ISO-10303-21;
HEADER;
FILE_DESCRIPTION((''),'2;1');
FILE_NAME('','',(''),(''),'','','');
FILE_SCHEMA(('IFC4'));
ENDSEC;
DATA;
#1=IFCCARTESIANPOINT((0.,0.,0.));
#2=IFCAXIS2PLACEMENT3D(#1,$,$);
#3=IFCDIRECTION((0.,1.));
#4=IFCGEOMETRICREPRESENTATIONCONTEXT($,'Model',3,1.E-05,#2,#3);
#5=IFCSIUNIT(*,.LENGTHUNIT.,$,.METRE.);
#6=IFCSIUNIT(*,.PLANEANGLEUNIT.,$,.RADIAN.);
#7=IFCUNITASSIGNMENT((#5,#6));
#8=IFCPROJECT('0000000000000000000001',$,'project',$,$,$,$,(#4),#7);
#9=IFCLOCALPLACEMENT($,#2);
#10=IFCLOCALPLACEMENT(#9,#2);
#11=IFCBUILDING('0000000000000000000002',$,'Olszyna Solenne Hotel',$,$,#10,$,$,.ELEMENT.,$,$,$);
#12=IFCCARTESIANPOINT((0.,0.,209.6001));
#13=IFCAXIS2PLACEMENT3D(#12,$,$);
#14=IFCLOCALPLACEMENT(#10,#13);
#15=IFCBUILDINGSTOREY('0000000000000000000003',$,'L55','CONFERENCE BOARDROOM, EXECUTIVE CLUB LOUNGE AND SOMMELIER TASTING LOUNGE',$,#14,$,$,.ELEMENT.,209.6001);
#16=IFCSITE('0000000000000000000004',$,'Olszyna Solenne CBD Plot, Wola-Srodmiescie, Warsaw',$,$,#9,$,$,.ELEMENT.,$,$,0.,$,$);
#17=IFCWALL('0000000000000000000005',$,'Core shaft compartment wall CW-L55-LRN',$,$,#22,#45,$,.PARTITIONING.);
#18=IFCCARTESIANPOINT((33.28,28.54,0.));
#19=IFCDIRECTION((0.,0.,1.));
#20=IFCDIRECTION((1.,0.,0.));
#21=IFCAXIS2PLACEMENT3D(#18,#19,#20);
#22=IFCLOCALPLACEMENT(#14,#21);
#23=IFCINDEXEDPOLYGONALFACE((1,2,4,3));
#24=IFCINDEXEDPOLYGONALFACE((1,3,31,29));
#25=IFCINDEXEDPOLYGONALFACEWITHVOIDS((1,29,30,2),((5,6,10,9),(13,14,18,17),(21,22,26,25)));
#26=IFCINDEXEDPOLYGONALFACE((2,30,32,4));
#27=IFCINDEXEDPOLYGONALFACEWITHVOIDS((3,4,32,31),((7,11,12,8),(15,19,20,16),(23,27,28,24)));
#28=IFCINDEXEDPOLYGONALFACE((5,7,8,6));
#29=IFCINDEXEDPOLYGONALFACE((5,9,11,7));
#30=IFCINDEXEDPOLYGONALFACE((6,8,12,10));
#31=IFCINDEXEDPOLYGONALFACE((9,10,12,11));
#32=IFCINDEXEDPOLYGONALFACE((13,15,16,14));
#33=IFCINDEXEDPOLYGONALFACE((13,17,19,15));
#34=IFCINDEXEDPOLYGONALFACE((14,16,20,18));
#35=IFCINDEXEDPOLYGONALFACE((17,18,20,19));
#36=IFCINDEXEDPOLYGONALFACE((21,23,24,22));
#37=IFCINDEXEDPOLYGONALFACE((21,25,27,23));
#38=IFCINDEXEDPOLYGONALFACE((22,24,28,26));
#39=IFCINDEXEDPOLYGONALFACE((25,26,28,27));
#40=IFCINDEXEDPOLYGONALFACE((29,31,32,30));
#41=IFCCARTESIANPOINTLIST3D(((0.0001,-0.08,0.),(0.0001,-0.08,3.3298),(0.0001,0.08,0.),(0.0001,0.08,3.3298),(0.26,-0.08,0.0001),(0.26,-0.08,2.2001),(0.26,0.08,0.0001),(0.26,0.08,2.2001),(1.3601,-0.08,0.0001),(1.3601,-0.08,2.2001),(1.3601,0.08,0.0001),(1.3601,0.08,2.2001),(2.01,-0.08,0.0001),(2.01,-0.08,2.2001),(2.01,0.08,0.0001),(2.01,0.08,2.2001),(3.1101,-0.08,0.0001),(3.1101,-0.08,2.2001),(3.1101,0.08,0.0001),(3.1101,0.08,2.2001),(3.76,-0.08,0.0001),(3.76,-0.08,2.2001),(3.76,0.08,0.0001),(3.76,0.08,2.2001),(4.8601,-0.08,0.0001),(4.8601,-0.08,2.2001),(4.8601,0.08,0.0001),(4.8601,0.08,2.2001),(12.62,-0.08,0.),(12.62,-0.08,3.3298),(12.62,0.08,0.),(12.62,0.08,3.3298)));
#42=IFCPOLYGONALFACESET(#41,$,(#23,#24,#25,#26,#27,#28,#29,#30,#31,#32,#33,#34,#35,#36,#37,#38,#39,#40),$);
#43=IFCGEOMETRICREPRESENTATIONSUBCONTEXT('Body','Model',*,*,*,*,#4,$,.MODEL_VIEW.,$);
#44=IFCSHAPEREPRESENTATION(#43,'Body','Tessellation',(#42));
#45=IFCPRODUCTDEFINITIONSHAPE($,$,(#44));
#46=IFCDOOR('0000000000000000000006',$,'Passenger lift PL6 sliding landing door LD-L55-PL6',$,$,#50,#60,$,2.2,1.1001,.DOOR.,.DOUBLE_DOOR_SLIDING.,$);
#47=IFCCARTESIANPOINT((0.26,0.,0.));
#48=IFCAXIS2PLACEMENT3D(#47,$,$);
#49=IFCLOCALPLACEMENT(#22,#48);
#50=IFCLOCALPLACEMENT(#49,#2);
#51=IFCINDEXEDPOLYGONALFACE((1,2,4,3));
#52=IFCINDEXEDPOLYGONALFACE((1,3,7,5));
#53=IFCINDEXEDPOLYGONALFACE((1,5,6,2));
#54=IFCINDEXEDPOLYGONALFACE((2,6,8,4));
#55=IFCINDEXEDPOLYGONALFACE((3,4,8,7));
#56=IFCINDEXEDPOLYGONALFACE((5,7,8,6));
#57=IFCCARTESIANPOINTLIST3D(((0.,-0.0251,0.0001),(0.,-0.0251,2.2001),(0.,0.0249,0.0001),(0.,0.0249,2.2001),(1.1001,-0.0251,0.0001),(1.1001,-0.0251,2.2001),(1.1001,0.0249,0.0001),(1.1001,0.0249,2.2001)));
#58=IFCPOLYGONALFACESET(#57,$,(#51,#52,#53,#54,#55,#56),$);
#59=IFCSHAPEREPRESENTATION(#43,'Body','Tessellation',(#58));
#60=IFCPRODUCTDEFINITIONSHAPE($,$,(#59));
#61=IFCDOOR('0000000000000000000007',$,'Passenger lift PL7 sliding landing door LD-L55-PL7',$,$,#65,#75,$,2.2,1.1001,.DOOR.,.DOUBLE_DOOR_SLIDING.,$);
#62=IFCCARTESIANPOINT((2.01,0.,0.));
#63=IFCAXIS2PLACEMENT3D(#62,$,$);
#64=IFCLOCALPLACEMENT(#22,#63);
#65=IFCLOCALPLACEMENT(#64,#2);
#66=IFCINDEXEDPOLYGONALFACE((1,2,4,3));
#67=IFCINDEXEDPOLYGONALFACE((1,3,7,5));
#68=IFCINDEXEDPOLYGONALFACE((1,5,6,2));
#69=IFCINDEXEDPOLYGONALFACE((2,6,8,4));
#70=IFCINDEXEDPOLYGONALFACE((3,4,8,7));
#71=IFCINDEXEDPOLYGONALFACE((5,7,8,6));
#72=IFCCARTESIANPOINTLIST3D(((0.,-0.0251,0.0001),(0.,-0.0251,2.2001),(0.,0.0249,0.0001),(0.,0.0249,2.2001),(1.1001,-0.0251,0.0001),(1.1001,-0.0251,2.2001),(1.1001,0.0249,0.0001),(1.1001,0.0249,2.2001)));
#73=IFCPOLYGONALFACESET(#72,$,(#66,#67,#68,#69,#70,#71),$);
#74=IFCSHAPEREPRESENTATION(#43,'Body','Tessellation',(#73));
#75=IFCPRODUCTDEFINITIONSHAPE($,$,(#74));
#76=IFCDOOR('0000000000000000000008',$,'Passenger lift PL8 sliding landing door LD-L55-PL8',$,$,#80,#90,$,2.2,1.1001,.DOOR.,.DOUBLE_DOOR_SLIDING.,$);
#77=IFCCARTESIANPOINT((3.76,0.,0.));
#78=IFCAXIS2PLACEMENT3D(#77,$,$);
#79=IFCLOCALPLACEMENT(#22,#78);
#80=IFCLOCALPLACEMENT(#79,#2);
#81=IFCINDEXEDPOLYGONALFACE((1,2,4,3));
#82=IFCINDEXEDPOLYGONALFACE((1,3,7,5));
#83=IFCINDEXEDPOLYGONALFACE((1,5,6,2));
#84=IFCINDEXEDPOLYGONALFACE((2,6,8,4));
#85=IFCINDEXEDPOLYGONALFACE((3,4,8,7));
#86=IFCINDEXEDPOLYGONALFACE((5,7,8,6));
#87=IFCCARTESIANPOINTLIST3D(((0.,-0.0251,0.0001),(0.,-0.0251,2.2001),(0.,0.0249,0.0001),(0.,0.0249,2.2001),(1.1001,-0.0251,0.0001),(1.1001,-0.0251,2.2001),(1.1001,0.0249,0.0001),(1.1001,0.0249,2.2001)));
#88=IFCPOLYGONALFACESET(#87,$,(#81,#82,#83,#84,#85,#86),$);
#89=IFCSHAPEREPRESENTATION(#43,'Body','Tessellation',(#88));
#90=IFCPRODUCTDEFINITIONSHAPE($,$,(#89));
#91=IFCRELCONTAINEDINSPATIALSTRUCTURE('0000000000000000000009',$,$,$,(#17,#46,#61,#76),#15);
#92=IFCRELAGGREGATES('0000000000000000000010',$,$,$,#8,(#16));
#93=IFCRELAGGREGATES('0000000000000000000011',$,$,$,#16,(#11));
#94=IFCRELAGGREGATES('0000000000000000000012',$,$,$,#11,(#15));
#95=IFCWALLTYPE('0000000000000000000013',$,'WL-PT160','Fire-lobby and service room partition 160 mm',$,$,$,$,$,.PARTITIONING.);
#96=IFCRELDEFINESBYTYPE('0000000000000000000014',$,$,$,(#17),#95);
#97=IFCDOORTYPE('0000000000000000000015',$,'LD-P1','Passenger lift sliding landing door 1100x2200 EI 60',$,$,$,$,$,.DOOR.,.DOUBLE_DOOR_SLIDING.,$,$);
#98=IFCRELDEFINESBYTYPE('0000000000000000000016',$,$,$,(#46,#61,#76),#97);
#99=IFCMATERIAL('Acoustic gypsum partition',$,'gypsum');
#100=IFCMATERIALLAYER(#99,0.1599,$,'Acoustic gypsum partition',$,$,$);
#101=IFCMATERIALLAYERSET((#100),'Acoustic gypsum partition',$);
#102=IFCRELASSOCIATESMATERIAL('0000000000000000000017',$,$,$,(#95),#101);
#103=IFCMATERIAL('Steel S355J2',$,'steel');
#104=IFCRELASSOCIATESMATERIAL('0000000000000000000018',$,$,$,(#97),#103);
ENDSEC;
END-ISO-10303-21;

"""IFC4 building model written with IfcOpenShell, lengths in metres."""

from ifc_helpers import new_model, si_unit, direction, frame, frame_2d, origin, place, context, subcontext, project, spatial, rectangle, extrude, source, transform, mapped, material, layer, layer_set, type_object, type_shapes, element, fill, save


model = new_model("IFC4")

# Units and contexts
model_context = context("Model", 3, precision=1e-05, world=origin(), true_north=direction((0.0, 1.0)))
body_context = subcontext(model_context, "Body", "Model", "MODEL_VIEW")
ifc_project = project(units=[si_unit("LENGTHUNIT", "METRE"), si_unit("PLANEANGLEUNIT", "RADIAN")], contexts=[model_context])

# Site, building, storey
site_placement = place(None, origin())
site = spatial("IfcSite", under=ifc_project, at=site_placement, Name="Olszyna Solenne CBD Plot, Wola-Srodmiescie, Warsaw", CompositionType="ELEMENT", RefElevation=0.0)
building_placement = place(site_placement, origin())
building = spatial("IfcBuilding", under=site, at=building_placement, Name="Olszyna Solenne Hotel", CompositionType="ELEMENT")
storey_placement = place(building_placement, frame((0.0, 0.0, 209.6001)))
storey = spatial("IfcBuildingStorey", under=building, at=storey_placement, Name="L55", Description="CONFERENCE BOARDROOM, EXECUTIVE CLUB LOUNGE AND SOMMELIER TASTING LOUNGE", CompositionType="ELEMENT", Elevation=209.6001)

# Shared definitions
ifc_material_1 = material(Name="Steel S355J2", Category="steel")

# Shared definitions
ifc_material_2 = material(Name="Acoustic gypsum partition", Category="gypsum")
ifc_layer_1 = layer(ifc_material_2, 0.1599, Name="Acoustic gypsum partition")
ifc_layer_set_1 = layer_set([ifc_layer_1], Name="Acoustic gypsum partition")
wall_type_1 = type_object("IfcWallType", Name="WL-PT160", Description="Fire-lobby and service room partition 160 mm", PredefinedType="PARTITIONING", material=ifc_layer_set_1)

# Wall, openings, doors
door_type_1 = type_object("IfcDoorType", Name="LD-P1", Description="Passenger lift sliding landing door 1100x2200 EI 60", OperationType="DOUBLE_DOOR_SLIDING", PredefinedType="DOOR", material=ifc_material_1)
shared_shape_1 = source(origin(), body_context, "Body", "SweptSolid", [
    extrude(rectangle(XDim=1.1001, YDim=2.2, at=frame_2d((0.55, 1.1001))), frame((0.0, 0.0249, 0.0), z_axis=(0.0, -1.0, 0.0), x_axis=(1.0, 0.0, 0.0)), (0.0, 0.0, 1.0), 0.05),
])
type_shapes(door_type_1, [shared_shape_1])
wall_1_placement = place(storey_placement, frame((33.28, 28.54, 0.0), z_axis=(0.0, 0.0, 1.0), x_axis=(1.0, 0.0, 0.0)))
wall_1 = element("IfcWall", 1, at=wall_1_placement, inside=storey, type_object=wall_type_1, Name="Core shaft compartment wall CW-L55-LRN", PredefinedType="PARTITIONING", context=body_context, shape_type="SweptSolid", body=[
    extrude(rectangle(XDim=12.6199, YDim=0.1599, at=frame_2d((6.3101, 0.0))), origin(), (0.0, 0.0, 1.0), 3.3298),
])
opening_1_placement = place(wall_1_placement, frame((0.26, 0.0, 0.0)))
opening_1 = element("IfcOpeningElement", 2, at=opening_1_placement, cuts=wall_1, PredefinedType="OPENING", context=body_context, shape_type="SweptSolid", body=[
    extrude(rectangle(XDim=1.1001, YDim=2.2, at=frame_2d((0.55, 1.1001))), frame((0.0, 0.0898, 0.0), z_axis=(0.0, -1.0, 0.0), x_axis=(1.0, 0.0, 0.0)), (0.0, 0.0, 1.0), 0.1799),
])
opening_2_placement = place(wall_1_placement, frame((2.01, 0.0, 0.0)))
opening_2 = element("IfcOpeningElement", 3, at=opening_2_placement, cuts=wall_1, PredefinedType="OPENING", context=body_context, shape_type="SweptSolid", body=[
    extrude(rectangle(XDim=1.1001, YDim=2.2, at=frame_2d((0.55, 1.1001))), frame((0.0, 0.0898, 0.0), z_axis=(0.0, -1.0, 0.0), x_axis=(1.0, 0.0, 0.0)), (0.0, 0.0, 1.0), 0.1799),
])
opening_3_placement = place(wall_1_placement, frame((3.76, 0.0, 0.0)))
opening_3 = element("IfcOpeningElement", 4, at=opening_3_placement, cuts=wall_1, PredefinedType="OPENING", context=body_context, shape_type="SweptSolid", body=[
    extrude(rectangle(XDim=1.1001, YDim=2.2, at=frame_2d((0.55, 1.1001))), frame((0.0, 0.0898, 0.0), z_axis=(0.0, -1.0, 0.0), x_axis=(1.0, 0.0, 0.0)), (0.0, 0.0, 1.0), 0.1799),
])
door_1_placement = place(opening_1_placement, origin())
door_1 = element("IfcDoor", 5, at=door_1_placement, inside=storey, type_object=door_type_1, Name="Passenger lift PL6 sliding landing door LD-L55-PL6", OperationType="DOUBLE_DOOR_SLIDING", OverallHeight=2.2, OverallWidth=1.1001, PredefinedType="DOOR", context=body_context, shape_type="MappedRepresentation", body=[
    mapped(shared_shape_1, transform((0.0, 0.0, 0.0), x_axis=(1.0, 0.0, 0.0), y_axis=(0.0, 1.0, 0.0), z_axis=(0.0, 0.0, 1.0), scale=1.0)),
])
fill(opening_1, door_1)
door_2_placement = place(opening_2_placement, origin())
door_2 = element("IfcDoor", 6, at=door_2_placement, inside=storey, type_object=door_type_1, Name="Passenger lift PL7 sliding landing door LD-L55-PL7", OperationType="DOUBLE_DOOR_SLIDING", OverallHeight=2.2, OverallWidth=1.1001, PredefinedType="DOOR", context=body_context, shape_type="MappedRepresentation", body=[
    mapped(shared_shape_1, transform((0.0, 0.0, 0.0), x_axis=(1.0, 0.0, 0.0), y_axis=(0.0, 1.0, 0.0), z_axis=(0.0, 0.0, 1.0), scale=1.0)),
])
fill(opening_2, door_2)
door_3_placement = place(opening_3_placement, origin())
door_3 = element("IfcDoor", 7, at=door_3_placement, inside=storey, type_object=door_type_1, Name="Passenger lift PL8 sliding landing door LD-L55-PL8", OperationType="DOUBLE_DOOR_SLIDING", OverallHeight=2.2, OverallWidth=1.1001, PredefinedType="DOOR", context=body_context, shape_type="MappedRepresentation", body=[
    mapped(shared_shape_1, transform((0.0, 0.0, 0.0), x_axis=(1.0, 0.0, 0.0), y_axis=(0.0, 1.0, 0.0), z_axis=(0.0, 0.0, 1.0), scale=1.0)),
])
fill(opening_3, door_3)

save(model, "model.ifc")
